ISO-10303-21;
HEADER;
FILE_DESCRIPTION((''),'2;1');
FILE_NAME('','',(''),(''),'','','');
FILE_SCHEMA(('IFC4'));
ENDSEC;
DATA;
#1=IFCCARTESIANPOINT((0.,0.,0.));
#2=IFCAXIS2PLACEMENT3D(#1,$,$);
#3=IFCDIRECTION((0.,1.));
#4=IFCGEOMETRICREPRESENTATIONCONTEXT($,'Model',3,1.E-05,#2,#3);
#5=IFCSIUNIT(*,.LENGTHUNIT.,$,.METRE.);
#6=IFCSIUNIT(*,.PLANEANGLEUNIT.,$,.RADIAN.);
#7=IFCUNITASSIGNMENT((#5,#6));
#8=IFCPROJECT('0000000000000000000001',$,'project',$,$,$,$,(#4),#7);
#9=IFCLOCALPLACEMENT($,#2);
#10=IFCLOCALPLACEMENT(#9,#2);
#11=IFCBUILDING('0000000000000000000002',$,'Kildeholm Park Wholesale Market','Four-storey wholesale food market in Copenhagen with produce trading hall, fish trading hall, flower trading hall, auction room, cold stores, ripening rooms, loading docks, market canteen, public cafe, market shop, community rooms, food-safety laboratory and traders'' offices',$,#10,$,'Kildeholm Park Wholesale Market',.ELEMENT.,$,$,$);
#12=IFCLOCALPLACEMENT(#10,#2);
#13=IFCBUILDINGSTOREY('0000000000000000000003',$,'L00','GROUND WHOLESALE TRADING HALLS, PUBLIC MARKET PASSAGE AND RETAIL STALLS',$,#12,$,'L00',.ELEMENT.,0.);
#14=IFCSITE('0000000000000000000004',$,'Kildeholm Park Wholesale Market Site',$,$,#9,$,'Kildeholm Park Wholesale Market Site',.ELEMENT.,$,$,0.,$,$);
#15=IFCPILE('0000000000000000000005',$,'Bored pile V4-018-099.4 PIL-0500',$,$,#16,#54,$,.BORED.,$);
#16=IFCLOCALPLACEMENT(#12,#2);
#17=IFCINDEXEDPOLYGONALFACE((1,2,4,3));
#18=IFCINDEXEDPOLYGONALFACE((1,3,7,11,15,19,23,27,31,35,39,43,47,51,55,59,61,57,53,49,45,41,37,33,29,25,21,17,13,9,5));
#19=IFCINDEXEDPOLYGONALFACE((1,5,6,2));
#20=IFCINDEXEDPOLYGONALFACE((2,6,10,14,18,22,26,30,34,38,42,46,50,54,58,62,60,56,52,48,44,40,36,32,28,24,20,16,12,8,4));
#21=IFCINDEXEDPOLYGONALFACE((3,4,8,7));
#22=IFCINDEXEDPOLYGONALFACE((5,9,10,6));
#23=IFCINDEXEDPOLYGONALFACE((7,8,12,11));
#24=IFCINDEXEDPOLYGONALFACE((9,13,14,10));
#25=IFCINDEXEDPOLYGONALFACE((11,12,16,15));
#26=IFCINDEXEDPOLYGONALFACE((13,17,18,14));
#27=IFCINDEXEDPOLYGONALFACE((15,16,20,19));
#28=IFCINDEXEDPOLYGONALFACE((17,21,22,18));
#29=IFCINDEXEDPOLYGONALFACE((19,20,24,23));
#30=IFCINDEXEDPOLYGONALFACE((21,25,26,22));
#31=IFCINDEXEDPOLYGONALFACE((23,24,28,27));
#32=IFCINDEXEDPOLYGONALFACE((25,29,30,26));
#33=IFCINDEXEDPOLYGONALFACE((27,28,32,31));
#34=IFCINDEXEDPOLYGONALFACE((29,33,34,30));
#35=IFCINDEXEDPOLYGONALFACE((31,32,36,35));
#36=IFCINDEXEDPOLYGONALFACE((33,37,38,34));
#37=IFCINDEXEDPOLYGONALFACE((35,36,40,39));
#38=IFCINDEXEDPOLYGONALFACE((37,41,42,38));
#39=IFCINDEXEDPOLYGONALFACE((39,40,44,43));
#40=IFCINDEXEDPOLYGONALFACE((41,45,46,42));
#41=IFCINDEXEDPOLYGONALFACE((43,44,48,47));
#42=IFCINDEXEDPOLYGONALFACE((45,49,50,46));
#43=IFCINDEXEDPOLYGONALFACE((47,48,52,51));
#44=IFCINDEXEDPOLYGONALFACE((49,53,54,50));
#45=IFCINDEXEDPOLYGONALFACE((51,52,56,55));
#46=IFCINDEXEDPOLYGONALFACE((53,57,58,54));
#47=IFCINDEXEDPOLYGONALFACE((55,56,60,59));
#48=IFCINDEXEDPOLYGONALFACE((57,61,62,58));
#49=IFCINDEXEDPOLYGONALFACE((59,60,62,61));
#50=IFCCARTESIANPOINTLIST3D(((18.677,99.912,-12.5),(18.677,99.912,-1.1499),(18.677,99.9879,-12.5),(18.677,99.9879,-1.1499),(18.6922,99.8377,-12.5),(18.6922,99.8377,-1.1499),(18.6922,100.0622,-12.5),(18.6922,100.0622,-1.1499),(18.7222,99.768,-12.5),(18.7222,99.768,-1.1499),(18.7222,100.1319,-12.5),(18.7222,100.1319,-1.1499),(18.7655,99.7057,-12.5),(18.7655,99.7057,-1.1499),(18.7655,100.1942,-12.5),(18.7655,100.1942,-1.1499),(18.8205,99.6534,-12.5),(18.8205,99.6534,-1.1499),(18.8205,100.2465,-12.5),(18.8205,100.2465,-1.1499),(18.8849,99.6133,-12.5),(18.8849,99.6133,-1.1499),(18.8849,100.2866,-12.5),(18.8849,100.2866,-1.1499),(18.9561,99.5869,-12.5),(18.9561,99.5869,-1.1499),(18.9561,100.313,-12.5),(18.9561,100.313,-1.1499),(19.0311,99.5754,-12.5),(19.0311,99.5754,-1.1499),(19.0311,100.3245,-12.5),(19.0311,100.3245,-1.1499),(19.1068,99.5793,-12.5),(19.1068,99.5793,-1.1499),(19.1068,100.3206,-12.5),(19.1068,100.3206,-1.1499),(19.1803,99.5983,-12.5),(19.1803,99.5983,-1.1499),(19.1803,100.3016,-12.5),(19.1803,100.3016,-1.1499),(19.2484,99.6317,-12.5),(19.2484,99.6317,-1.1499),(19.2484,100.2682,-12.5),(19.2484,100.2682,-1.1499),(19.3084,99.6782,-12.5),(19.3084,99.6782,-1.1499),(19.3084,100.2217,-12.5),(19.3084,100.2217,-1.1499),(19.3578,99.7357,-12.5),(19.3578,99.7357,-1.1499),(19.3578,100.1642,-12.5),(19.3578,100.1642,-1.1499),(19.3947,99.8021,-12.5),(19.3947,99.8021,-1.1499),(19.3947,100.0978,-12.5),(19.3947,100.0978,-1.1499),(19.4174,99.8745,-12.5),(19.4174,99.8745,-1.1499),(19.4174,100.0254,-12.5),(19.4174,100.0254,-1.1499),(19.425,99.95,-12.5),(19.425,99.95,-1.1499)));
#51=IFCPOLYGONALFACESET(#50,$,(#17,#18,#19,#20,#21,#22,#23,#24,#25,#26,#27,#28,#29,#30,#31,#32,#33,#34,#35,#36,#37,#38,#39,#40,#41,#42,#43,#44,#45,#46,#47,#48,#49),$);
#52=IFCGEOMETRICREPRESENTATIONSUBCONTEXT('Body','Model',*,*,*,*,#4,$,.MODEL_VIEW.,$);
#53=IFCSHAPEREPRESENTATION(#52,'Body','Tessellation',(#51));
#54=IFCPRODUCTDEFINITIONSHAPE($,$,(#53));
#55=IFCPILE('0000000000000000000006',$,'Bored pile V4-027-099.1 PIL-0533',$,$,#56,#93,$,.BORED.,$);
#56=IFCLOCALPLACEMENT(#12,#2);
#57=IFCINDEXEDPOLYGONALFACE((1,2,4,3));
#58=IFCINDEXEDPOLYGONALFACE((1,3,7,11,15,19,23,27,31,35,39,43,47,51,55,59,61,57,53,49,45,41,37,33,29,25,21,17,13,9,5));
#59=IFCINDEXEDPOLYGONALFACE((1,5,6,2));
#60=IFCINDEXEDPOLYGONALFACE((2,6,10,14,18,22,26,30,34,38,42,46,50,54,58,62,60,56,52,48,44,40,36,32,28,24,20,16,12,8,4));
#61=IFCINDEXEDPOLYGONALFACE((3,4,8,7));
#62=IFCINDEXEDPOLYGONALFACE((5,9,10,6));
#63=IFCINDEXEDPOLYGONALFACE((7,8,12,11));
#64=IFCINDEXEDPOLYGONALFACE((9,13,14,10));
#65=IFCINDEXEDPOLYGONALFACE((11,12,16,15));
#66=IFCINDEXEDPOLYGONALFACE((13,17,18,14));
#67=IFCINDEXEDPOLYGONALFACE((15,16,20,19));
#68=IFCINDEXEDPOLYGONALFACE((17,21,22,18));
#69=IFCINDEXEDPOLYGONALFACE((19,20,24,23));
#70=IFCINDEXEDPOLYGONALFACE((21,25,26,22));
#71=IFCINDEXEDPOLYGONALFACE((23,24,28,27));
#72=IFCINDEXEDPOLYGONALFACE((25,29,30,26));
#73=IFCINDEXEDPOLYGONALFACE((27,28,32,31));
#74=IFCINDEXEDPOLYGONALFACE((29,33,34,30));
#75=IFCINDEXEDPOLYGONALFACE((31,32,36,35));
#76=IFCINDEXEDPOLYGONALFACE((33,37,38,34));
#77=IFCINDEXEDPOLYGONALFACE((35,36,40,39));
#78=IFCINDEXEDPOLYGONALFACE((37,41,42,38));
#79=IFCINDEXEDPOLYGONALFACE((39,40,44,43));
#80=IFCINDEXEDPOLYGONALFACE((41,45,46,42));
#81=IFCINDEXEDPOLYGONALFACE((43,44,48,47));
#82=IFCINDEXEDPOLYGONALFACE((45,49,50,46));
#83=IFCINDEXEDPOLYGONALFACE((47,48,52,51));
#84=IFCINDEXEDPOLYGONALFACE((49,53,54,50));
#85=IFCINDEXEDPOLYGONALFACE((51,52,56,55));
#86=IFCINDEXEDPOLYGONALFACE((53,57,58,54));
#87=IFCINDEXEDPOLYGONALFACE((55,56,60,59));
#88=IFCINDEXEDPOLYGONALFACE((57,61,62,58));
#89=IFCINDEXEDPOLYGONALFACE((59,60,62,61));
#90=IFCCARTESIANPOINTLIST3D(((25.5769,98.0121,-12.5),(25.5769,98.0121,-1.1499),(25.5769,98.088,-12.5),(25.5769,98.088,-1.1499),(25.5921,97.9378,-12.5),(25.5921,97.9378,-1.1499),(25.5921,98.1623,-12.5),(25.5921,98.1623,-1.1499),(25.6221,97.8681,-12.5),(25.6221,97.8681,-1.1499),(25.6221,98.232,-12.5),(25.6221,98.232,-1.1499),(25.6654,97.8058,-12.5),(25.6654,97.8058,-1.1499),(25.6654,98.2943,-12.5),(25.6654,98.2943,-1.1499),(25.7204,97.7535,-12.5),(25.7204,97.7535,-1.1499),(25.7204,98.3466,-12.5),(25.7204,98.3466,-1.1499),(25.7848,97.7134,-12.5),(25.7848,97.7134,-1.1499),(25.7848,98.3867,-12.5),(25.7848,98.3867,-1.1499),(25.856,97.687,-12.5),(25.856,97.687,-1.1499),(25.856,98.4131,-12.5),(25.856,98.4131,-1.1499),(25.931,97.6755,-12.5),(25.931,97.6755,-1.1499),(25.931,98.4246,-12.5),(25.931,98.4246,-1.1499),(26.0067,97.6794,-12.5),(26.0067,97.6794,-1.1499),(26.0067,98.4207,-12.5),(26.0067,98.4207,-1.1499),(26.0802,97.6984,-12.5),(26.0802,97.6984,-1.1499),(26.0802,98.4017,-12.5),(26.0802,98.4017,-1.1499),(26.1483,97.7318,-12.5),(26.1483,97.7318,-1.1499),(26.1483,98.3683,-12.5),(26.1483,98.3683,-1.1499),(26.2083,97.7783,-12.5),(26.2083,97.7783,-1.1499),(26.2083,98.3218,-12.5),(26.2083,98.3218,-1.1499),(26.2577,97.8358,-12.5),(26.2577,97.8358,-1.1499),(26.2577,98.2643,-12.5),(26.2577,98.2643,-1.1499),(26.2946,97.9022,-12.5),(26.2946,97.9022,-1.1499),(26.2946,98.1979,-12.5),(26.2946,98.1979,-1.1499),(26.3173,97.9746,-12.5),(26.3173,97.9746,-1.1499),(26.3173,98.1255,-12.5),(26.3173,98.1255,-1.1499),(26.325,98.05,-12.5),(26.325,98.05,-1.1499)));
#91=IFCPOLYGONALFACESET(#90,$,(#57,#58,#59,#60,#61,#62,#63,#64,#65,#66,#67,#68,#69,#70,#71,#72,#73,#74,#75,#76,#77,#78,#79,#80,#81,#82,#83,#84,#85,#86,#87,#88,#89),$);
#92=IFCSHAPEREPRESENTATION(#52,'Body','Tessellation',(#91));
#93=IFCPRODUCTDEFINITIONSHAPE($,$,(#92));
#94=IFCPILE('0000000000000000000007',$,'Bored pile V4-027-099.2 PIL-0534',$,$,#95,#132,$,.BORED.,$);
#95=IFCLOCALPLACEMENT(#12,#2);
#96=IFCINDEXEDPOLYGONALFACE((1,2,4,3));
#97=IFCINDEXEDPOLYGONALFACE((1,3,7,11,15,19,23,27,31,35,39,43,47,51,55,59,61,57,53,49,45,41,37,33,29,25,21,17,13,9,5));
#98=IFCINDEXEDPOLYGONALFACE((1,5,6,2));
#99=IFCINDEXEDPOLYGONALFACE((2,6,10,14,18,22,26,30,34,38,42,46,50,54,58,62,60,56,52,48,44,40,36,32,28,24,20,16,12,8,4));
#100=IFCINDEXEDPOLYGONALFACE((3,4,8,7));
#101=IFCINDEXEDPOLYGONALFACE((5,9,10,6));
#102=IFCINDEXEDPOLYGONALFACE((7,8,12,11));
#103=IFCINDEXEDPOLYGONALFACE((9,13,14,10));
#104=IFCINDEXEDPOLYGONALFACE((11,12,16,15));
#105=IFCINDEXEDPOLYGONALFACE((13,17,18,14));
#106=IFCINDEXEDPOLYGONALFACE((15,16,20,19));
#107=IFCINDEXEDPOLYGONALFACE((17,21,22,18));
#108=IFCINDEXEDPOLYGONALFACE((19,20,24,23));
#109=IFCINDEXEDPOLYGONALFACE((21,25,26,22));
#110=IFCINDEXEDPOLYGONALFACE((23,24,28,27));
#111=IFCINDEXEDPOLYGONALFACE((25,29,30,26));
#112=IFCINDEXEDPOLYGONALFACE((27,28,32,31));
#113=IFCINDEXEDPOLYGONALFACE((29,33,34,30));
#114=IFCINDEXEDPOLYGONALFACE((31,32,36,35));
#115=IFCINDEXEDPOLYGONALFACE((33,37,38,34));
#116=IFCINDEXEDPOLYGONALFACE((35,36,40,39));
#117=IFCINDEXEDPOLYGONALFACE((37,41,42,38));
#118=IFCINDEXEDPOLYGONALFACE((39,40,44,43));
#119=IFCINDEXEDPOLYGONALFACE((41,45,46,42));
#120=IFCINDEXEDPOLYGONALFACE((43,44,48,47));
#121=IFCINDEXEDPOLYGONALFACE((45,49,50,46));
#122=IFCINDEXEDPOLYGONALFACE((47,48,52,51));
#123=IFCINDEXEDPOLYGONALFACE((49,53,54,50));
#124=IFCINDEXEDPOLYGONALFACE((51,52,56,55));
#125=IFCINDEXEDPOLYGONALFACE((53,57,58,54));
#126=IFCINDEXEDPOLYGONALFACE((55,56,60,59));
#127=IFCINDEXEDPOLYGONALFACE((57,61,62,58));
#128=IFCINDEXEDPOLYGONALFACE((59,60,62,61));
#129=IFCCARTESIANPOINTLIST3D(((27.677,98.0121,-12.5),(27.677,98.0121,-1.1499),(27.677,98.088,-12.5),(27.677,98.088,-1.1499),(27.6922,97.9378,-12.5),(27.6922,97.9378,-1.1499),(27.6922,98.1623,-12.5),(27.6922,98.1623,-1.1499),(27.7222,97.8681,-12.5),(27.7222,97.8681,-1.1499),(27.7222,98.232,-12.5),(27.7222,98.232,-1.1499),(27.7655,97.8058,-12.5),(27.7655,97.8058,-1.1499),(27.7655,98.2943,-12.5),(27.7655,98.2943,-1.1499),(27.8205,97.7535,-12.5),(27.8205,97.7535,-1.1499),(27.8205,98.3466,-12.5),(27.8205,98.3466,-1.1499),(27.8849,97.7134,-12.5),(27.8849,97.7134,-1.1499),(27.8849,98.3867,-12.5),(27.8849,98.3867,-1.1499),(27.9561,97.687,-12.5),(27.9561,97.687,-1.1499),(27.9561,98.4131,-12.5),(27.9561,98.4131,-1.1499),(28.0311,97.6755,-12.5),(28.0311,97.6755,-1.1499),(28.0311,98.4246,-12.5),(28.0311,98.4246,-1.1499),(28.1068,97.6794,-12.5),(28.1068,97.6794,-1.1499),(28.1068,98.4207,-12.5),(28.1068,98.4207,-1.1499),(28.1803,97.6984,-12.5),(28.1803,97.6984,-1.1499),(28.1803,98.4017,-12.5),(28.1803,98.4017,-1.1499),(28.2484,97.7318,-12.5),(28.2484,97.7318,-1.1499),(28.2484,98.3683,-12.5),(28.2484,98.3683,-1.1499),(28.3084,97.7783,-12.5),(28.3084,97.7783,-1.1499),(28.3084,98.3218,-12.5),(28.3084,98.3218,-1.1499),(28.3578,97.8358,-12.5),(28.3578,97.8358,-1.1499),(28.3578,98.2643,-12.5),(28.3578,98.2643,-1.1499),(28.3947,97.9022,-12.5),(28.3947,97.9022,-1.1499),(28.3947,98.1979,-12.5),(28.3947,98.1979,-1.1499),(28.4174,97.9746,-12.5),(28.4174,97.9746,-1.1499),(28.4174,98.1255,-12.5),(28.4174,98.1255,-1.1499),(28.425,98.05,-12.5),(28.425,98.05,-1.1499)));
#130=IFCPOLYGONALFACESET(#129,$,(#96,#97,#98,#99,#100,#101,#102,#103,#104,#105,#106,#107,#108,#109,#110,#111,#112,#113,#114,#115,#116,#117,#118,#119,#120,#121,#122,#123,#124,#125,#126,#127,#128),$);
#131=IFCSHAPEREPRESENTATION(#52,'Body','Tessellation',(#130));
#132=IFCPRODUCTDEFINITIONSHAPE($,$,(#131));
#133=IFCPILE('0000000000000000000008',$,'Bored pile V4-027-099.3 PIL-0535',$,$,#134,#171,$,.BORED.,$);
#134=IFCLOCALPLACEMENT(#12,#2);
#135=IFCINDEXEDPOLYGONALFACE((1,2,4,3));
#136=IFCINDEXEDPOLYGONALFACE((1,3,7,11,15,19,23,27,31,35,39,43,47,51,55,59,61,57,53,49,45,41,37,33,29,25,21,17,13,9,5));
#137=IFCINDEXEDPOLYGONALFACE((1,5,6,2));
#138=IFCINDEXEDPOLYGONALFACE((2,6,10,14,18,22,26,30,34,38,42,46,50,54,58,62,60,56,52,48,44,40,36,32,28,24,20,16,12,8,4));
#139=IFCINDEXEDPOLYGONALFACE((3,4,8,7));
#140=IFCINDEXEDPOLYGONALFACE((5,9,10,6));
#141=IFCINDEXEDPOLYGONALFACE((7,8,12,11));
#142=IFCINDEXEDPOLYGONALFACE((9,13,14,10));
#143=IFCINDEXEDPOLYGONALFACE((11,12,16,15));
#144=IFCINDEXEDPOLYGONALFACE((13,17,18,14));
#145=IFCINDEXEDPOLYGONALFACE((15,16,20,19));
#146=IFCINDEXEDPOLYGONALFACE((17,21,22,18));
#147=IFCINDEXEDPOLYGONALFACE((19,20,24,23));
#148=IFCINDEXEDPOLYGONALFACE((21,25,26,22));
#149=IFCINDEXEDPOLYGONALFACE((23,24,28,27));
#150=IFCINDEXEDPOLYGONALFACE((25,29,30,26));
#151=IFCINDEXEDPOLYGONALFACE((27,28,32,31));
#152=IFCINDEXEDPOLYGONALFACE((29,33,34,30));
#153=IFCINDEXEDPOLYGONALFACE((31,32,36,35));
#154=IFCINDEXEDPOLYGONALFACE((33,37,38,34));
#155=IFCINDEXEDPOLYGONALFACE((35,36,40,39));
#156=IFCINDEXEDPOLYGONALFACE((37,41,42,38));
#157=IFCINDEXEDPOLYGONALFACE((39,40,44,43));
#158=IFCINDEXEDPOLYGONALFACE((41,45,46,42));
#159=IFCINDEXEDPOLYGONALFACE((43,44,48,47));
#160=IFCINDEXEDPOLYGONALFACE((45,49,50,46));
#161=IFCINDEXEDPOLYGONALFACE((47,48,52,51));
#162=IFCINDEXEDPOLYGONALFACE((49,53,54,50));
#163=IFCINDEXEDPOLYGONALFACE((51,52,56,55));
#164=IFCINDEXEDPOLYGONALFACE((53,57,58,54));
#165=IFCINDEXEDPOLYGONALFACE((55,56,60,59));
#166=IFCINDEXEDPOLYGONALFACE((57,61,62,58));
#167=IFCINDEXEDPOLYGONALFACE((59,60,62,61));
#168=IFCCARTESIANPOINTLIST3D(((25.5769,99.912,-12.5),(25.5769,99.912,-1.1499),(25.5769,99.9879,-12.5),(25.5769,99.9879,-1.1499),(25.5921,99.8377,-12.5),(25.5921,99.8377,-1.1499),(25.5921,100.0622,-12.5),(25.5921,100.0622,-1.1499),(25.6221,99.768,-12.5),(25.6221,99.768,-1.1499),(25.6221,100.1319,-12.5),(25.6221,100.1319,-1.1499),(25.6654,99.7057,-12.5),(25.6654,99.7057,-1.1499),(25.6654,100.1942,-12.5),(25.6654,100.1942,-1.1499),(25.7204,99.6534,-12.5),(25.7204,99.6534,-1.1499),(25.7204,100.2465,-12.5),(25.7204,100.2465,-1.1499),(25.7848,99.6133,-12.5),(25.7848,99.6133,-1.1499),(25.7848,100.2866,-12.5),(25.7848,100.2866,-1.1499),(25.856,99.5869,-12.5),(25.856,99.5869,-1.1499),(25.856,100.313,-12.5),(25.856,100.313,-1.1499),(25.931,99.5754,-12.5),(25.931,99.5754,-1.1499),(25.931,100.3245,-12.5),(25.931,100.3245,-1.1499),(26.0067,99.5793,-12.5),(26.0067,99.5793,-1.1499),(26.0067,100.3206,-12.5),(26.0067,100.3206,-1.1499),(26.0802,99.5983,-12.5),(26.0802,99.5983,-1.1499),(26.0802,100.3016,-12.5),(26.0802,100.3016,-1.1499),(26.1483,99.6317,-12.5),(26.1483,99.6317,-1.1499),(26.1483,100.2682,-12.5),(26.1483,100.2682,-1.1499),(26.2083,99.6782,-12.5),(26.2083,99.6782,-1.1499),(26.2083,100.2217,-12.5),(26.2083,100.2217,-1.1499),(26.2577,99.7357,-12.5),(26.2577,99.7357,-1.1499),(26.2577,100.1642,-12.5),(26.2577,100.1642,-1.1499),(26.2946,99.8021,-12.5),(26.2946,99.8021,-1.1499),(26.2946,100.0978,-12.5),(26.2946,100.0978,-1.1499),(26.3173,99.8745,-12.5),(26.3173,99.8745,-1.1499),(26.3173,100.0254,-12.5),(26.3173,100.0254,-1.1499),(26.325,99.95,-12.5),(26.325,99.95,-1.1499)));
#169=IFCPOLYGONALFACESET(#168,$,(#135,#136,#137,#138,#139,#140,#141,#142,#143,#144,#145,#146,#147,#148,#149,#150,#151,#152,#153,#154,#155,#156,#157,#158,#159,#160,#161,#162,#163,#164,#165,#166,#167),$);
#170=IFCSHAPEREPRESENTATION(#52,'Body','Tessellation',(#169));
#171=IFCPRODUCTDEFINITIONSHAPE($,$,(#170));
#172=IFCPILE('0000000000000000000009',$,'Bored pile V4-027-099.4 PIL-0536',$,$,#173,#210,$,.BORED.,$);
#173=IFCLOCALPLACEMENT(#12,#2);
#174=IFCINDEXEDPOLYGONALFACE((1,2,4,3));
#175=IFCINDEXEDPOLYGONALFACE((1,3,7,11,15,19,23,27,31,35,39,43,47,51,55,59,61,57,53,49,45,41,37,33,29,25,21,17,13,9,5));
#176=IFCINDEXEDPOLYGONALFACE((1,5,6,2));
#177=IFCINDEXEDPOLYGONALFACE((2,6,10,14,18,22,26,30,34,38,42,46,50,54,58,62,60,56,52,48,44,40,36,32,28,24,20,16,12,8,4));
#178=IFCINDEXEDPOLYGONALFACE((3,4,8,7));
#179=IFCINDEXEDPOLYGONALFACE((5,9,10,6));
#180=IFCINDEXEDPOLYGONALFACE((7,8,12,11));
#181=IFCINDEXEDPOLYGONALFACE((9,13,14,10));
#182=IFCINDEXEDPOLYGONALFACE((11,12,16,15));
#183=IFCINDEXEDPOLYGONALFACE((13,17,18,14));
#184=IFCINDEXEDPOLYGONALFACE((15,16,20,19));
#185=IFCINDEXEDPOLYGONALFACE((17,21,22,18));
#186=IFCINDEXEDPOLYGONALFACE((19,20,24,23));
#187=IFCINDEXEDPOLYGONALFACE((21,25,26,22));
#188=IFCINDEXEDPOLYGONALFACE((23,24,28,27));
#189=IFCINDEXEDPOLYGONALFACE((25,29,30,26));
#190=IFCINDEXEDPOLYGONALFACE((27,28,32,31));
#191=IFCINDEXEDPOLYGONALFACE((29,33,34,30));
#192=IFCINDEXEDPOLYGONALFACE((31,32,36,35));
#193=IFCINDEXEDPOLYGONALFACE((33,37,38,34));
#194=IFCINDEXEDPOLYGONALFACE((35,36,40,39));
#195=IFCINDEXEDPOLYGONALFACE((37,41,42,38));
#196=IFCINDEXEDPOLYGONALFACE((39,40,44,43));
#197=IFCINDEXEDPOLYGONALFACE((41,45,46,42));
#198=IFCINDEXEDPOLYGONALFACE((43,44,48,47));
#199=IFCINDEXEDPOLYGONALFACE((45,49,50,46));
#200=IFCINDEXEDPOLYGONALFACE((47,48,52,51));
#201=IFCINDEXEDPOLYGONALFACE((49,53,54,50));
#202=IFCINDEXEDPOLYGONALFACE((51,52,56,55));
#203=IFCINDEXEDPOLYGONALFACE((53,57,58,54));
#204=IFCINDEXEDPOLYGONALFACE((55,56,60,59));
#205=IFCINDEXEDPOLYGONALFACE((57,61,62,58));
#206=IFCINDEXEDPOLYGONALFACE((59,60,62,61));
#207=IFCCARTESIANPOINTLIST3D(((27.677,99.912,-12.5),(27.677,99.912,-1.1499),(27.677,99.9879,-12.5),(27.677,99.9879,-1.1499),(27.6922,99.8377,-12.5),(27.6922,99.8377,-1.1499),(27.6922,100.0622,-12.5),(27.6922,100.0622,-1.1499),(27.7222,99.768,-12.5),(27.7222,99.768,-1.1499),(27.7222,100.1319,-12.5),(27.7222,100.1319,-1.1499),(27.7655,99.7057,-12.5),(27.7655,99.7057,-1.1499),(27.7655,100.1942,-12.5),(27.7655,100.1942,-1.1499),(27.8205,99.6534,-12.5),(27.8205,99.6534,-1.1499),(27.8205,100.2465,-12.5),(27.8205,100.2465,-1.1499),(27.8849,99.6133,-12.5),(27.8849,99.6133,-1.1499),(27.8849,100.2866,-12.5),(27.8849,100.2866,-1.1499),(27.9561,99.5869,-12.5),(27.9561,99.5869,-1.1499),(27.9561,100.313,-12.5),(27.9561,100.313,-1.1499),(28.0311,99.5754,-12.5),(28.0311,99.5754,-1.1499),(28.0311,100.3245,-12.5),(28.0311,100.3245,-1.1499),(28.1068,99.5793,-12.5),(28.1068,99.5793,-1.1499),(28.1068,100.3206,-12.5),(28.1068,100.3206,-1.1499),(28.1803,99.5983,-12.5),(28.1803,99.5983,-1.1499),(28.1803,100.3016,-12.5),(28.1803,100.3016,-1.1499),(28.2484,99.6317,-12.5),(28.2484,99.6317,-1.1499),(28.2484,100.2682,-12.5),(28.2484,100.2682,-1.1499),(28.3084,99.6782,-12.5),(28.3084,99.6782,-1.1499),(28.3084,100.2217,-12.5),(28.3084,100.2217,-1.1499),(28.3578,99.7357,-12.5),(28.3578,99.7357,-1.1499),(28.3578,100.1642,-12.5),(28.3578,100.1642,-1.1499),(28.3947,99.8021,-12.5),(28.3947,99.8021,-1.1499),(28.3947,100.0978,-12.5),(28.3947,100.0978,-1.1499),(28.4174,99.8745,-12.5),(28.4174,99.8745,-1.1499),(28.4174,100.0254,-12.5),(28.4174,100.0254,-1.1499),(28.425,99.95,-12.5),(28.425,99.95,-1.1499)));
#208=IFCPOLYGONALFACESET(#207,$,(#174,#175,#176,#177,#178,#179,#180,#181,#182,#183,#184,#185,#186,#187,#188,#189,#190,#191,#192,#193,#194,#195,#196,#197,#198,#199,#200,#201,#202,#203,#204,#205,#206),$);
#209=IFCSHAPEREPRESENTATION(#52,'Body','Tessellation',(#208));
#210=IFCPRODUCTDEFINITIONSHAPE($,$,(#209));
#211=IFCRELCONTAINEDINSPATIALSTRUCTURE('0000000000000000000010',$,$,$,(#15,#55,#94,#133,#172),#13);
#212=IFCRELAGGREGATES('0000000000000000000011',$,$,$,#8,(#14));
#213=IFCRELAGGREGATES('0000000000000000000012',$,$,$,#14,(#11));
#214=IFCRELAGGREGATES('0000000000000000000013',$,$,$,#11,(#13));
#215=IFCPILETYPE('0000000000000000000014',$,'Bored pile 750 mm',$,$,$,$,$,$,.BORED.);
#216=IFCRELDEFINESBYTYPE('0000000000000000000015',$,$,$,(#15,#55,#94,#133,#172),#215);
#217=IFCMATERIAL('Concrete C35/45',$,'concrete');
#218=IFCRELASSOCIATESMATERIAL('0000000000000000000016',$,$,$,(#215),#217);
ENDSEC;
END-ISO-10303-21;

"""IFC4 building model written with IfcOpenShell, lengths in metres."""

from ifc_helpers import new_model, si_unit, direction, frame, origin, origin_2d, place, context, subcontext, project, spatial, circle, extrude, material, material_profile, profile_set, type_object, element, save


model = new_model("IFC4")

# Units and contexts
model_context = context("Model", 3, precision=1e-05, world=origin(), true_north=direction((0.0, 1.0)))
body_context = subcontext(model_context, "Body", "Model", "MODEL_VIEW")
ifc_project = project(units=[si_unit("LENGTHUNIT", "METRE"), si_unit("PLANEANGLEUNIT", "RADIAN")], contexts=[model_context])

# Site, building, storey
site_placement = place(None, origin())
site = spatial("IfcSite", under=ifc_project, at=site_placement, Name="Kildeholm Park Wholesale Market Site", LongName="Kildeholm Park Wholesale Market Site", CompositionType="ELEMENT", RefElevation=0.0)
building_placement = place(site_placement, origin())
building = spatial("IfcBuilding", under=site, at=building_placement, Name="Kildeholm Park Wholesale Market", Description="Four-storey wholesale food market in Copenhagen with produce trading hall, fish trading hall, flower trading hall, auction room, cold stores, ripening rooms, loading docks, market canteen, public cafe, market shop, community rooms, food-safety laboratory and traders' offices", LongName="Kildeholm Park Wholesale Market", CompositionType="ELEMENT")
storey_placement = place(building_placement, origin())
storey = spatial("IfcBuildingStorey", under=building, at=storey_placement, Name="L00", Description="GROUND WHOLESALE TRADING HALLS, PUBLIC MARKET PASSAGE AND RETAIL STALLS", LongName="L00", CompositionType="ELEMENT", Elevation=0.0)

# Piles
ifc_material_1 = material(Name="Concrete C35/45", Category="concrete")
ifc_material_profile_1 = material_profile(ifc_material_1, circle(Radius=0.375, at=origin_2d()), Name="PILE D750")
ifc_profile_set_1 = profile_set([ifc_material_profile_1], Name="Concrete C35/45")
pile_type_1 = type_object("IfcPileType", Name="Bored pile 750 mm", PredefinedType="BORED", material=ifc_profile_set_1)
for number, where, z_axis, x_axis, name in (
    (1, (19.05, 99.95, -1.1499), (0.0, 0.0, -1.0), (1.0, 0.0, 0.0), "Bored pile V4-018-099.4 PIL-0500"),
    (2, (25.95, 98.05, -1.1499), (0.0, 0.0, -1.0), (1.0, 0.0, 0.0), "Bored pile V4-027-099.1 PIL-0533"),
    (3, (28.05, 98.05, -1.1499), (0.0, 0.0, -1.0), (1.0, 0.0, 0.0), "Bored pile V4-027-099.2 PIL-0534"),
    (4, (25.95, 99.95, -1.1499), (0.0, 0.0, -1.0), (1.0, 0.0, 0.0), "Bored pile V4-027-099.3 PIL-0535"),
    (5, (28.05, 99.95, -1.1499), (0.0, 0.0, -1.0), (1.0, 0.0, 0.0), "Bored pile V4-027-099.4 PIL-0536"),
):
    element("IfcPile", number, at=place(storey_placement, frame(where, z_axis=z_axis, x_axis=x_axis)), inside=storey, type_object=pile_type_1, Name=name, PredefinedType="BORED", context=body_context, shape_type="SweptSolid", body=[
        extrude(circle(Radius=0.375, at=origin_2d()), origin(), (0.0, 0.0, 1.0), 11.3501),
    ])

save(model, "model.ifc")
